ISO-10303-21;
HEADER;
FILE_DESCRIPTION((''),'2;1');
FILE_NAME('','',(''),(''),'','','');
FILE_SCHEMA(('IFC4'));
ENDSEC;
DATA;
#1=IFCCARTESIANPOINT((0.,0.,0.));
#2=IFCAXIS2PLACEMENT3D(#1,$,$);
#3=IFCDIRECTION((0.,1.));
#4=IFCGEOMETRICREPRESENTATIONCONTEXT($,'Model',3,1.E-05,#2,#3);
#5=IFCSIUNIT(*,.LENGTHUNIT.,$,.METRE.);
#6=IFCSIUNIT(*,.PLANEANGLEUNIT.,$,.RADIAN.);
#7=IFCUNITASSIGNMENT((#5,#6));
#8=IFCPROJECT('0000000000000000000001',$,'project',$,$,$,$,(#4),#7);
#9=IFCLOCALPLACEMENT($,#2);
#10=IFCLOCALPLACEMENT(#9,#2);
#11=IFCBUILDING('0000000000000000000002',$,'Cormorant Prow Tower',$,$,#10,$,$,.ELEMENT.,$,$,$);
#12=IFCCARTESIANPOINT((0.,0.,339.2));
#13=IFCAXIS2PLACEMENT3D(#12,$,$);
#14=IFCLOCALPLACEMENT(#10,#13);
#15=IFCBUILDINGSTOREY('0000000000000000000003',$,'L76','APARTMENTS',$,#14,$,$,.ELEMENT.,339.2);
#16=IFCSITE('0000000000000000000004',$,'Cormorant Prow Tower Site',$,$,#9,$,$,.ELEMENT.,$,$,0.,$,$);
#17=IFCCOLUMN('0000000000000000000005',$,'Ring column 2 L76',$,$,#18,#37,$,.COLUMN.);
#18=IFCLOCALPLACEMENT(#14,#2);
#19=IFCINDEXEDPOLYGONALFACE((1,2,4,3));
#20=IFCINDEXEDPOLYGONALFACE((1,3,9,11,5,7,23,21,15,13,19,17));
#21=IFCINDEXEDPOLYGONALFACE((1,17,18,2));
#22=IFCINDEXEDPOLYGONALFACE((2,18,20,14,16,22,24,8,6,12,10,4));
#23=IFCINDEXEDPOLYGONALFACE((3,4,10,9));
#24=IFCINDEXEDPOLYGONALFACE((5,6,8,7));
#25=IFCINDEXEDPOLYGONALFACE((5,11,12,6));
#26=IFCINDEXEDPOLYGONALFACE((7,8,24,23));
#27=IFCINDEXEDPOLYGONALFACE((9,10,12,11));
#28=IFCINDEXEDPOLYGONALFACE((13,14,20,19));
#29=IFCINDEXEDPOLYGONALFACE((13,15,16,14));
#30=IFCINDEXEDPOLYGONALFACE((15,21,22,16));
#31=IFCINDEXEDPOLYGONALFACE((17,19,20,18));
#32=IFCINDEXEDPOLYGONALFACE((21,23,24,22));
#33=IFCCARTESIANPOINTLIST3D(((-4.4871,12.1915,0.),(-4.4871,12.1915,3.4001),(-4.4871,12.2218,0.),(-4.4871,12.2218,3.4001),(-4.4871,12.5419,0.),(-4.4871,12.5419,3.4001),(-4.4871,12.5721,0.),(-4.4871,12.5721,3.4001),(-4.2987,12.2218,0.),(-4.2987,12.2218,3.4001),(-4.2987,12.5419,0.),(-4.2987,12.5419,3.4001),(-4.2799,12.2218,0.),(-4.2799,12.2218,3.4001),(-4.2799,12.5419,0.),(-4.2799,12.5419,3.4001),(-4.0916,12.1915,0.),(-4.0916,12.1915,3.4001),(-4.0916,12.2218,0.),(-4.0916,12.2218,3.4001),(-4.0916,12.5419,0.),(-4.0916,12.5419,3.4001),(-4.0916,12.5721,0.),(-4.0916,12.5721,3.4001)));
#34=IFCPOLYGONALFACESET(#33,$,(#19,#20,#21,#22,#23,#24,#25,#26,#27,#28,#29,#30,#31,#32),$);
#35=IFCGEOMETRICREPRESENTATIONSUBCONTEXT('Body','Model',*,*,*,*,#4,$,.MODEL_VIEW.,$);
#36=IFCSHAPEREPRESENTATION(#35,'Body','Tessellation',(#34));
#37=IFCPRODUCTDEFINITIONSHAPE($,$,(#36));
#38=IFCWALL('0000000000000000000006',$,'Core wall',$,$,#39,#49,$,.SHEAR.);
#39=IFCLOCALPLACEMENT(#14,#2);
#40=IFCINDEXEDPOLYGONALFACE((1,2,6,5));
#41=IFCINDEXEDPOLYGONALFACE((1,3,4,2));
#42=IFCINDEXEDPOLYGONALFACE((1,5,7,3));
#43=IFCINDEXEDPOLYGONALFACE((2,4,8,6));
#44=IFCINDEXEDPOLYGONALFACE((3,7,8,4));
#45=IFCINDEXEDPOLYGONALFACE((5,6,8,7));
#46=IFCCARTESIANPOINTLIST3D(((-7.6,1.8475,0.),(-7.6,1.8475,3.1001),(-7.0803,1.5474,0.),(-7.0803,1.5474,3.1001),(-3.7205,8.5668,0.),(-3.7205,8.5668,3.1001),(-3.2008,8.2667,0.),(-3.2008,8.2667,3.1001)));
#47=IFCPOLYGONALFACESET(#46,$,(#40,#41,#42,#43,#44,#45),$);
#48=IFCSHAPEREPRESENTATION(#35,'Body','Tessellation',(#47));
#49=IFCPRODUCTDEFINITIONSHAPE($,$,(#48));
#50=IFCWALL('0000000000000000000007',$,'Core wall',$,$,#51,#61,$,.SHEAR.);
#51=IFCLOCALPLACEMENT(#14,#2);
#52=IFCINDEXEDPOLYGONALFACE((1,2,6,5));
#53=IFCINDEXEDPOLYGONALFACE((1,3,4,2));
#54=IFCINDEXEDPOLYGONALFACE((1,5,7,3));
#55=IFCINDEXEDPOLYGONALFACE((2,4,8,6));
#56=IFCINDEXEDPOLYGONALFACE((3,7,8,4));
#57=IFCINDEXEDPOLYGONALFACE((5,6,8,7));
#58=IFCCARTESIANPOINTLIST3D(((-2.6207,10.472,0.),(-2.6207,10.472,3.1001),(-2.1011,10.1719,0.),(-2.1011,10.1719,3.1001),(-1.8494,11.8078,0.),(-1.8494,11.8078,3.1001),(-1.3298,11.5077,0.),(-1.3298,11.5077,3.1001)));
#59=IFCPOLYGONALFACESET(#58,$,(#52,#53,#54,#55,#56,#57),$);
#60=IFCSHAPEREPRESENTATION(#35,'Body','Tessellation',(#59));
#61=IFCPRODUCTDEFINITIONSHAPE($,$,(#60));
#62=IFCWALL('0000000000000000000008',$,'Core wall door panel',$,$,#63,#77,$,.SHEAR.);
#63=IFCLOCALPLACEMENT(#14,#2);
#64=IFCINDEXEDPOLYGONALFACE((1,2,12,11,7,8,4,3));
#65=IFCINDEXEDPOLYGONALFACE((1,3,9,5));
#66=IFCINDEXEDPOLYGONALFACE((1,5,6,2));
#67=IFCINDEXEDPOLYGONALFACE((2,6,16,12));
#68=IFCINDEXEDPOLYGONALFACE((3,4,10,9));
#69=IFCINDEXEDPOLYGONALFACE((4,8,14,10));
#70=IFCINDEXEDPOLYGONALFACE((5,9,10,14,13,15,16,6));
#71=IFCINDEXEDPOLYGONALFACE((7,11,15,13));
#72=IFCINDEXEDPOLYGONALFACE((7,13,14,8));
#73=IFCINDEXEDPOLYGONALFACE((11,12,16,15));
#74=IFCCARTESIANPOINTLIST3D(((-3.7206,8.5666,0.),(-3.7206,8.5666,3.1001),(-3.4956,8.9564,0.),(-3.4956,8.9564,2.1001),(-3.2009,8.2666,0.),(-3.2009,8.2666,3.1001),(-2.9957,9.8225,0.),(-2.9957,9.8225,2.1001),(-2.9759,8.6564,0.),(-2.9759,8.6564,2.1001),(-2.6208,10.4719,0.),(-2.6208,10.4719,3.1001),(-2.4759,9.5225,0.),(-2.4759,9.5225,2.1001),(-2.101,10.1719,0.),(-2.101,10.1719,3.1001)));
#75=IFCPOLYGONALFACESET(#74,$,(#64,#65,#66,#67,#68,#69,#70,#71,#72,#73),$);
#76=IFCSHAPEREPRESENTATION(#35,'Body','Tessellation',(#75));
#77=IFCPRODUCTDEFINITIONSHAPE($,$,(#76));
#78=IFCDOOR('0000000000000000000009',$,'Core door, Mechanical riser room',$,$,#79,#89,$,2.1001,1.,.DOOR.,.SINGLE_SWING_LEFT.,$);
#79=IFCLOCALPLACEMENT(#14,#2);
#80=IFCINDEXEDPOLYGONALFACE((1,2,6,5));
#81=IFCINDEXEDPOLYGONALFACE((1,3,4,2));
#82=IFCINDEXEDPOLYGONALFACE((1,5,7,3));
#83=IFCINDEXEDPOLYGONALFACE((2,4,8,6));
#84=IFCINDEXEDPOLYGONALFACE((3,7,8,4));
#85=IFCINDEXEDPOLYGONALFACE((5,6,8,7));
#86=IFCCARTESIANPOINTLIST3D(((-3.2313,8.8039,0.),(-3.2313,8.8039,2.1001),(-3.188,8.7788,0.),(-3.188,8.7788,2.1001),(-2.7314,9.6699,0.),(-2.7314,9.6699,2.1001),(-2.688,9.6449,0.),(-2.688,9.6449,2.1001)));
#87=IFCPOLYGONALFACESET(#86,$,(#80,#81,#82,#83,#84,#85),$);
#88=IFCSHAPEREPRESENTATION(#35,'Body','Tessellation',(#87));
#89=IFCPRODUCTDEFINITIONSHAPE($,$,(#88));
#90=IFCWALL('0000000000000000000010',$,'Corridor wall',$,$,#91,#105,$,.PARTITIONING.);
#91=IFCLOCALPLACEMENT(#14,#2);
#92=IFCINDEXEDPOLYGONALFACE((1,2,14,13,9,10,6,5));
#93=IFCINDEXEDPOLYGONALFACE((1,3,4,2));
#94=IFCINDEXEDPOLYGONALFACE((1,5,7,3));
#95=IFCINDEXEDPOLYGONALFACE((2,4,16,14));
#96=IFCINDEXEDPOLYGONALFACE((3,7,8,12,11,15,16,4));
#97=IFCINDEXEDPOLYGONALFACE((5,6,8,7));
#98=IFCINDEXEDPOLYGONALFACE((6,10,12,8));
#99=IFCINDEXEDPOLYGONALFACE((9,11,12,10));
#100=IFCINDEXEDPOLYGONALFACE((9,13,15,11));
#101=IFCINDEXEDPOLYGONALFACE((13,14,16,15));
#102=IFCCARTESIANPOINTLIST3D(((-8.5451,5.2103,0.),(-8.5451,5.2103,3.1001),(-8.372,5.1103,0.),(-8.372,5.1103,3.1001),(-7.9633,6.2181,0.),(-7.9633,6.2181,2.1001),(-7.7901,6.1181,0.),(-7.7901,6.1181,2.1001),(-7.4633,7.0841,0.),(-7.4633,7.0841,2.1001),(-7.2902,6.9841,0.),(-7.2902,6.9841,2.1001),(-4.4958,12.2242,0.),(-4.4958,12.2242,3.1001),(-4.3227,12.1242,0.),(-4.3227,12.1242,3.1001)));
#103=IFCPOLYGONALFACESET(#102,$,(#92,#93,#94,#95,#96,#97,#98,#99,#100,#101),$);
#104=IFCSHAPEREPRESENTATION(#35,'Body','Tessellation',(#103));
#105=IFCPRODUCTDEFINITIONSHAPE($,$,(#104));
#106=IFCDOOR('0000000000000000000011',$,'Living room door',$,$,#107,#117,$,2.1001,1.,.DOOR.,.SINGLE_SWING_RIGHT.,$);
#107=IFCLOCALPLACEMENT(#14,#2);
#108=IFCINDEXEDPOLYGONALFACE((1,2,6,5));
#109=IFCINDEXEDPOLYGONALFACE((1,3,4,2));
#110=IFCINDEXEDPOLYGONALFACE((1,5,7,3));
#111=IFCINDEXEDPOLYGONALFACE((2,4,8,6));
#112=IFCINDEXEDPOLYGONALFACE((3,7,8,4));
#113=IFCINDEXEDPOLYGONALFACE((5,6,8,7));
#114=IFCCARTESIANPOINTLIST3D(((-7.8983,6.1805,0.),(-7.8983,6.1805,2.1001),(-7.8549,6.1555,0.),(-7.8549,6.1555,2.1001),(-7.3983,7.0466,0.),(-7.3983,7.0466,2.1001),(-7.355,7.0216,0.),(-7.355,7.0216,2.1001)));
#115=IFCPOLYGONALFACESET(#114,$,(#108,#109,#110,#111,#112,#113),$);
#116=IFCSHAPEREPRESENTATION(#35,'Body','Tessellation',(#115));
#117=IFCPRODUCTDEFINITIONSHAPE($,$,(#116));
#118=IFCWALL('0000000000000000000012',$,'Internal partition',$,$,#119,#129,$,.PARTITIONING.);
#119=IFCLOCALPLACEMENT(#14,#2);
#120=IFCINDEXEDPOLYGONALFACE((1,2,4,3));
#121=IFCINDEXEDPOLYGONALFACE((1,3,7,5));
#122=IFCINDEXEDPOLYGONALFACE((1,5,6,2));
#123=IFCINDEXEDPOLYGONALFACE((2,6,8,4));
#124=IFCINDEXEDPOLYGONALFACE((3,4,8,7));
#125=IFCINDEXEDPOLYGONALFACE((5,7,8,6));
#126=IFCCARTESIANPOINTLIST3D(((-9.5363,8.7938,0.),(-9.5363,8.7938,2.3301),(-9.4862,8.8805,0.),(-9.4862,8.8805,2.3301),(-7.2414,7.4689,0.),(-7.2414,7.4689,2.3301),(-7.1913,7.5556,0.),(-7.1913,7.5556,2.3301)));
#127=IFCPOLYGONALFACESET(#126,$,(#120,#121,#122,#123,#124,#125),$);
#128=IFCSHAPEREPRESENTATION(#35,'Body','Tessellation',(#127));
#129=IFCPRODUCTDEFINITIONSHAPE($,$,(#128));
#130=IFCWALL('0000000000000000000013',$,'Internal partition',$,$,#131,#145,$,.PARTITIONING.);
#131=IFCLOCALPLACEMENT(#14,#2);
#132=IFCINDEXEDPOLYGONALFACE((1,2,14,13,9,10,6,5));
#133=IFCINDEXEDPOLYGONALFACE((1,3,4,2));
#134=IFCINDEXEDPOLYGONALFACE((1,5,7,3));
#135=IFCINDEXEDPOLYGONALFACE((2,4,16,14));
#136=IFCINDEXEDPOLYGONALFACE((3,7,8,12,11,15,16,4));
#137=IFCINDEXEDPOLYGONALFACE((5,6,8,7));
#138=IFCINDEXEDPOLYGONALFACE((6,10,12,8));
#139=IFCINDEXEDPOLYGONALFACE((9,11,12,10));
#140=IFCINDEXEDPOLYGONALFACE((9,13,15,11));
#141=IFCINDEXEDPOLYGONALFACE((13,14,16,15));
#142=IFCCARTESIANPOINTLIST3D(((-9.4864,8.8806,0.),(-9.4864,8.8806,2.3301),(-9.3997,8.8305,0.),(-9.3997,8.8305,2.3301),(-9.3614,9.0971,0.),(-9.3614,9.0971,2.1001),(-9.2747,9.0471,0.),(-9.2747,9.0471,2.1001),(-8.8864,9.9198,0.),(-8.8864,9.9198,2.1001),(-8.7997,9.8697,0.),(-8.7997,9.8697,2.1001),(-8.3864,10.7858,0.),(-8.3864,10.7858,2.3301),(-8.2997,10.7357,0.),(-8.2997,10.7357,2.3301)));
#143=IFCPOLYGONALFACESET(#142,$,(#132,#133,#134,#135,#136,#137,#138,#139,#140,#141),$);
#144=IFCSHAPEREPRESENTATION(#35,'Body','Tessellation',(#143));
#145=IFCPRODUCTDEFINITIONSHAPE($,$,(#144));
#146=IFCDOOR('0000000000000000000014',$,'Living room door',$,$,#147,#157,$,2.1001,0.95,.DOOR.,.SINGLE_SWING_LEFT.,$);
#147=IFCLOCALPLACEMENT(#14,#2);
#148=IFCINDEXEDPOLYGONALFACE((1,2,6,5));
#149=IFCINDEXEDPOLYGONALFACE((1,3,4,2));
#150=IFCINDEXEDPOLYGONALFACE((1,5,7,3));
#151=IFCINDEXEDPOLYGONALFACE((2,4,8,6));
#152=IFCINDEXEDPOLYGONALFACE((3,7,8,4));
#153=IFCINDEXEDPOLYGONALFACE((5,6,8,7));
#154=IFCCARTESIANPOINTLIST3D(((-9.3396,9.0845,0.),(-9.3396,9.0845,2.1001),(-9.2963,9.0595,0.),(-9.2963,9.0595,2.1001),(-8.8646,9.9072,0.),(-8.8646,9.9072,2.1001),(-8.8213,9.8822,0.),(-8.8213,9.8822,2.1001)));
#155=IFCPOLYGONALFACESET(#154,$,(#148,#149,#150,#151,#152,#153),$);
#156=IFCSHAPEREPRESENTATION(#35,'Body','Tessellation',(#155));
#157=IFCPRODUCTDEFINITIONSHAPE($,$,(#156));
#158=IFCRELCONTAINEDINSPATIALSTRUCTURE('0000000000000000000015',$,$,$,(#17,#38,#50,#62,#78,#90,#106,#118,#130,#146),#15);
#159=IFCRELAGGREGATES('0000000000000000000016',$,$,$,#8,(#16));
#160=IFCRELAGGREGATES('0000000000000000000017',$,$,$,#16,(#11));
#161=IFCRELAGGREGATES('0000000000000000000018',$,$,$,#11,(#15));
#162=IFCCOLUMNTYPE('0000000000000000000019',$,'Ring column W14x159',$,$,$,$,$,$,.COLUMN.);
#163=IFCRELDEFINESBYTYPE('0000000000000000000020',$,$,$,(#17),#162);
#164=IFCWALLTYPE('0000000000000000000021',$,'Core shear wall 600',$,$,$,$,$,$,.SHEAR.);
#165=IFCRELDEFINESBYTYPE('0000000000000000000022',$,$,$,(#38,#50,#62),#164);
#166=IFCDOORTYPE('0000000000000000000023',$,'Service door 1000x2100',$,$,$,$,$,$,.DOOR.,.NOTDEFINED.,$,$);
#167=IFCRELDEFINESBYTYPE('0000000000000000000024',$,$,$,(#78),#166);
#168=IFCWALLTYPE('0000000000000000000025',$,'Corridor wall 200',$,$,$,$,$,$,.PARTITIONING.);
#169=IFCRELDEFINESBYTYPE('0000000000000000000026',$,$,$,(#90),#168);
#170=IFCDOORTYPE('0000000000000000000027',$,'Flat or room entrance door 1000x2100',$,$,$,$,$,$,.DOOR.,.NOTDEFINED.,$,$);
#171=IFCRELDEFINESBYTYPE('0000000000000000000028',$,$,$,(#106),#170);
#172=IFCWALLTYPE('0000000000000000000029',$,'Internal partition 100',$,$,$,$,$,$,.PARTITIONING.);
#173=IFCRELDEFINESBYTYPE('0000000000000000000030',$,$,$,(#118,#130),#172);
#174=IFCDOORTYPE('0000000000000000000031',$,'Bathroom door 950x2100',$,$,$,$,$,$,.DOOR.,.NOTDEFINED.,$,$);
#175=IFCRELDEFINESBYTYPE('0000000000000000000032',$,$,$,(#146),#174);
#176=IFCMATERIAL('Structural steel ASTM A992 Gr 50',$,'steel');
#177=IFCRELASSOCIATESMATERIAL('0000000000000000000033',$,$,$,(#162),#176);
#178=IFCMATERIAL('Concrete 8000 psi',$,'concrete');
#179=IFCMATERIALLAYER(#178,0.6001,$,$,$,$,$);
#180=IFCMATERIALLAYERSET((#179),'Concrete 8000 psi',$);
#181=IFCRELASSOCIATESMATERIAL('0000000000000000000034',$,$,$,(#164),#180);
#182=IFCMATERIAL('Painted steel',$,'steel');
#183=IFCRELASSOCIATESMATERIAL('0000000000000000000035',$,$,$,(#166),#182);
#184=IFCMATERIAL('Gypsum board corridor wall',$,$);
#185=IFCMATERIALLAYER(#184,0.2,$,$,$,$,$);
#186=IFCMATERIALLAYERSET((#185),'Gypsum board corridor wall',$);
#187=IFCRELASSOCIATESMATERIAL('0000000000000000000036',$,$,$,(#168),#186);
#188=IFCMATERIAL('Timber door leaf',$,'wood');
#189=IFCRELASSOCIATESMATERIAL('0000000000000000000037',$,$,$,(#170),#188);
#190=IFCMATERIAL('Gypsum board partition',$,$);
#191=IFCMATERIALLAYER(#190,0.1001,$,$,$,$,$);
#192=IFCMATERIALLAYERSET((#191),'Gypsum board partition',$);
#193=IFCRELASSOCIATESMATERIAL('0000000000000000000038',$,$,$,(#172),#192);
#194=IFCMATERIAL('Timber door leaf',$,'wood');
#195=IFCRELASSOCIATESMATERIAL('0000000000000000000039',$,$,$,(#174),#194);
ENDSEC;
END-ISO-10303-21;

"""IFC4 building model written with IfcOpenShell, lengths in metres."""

from ifc_helpers import new_model, si_unit, direction, frame, frame_2d, origin, origin_2d, place, context, subcontext, project, spatial, rectangle, i_section, extrude, material, layer, layer_set, material_profile, profile_set, type_object, element, fill, save


model = new_model("IFC4")

# Units and contexts
model_context = context("Model", 3, precision=1e-05, world=origin(), true_north=direction((0.0, 1.0)))
body_context = subcontext(model_context, "Body", "Model", "MODEL_VIEW")
ifc_project = project(units=[si_unit("LENGTHUNIT", "METRE"), si_unit("PLANEANGLEUNIT", "RADIAN")], contexts=[model_context])

# Site, building, storey
site_placement = place(None, origin())
site = spatial("IfcSite", under=ifc_project, at=site_placement, Name="Cormorant Prow Tower Site", CompositionType="ELEMENT", RefElevation=0.0)
building_placement = place(site_placement, origin())
building = spatial("IfcBuilding", under=site, at=building_placement, Name="Cormorant Prow Tower", CompositionType="ELEMENT")
storey_placement = place(building_placement, frame((0.0, 0.0, 339.2)))
storey = spatial("IfcBuildingStorey", under=building, at=storey_placement, Name="L76", Description="APARTMENTS", CompositionType="ELEMENT", Elevation=339.2)

# Column
ifc_material_1 = material(Name="Structural steel ASTM A992 Gr 50", Category="steel")
ifc_material_profile = material_profile(ifc_material_1, i_section(OverallWidth=0.3955, OverallDepth=0.3806, WebThickness=0.0188, FlangeThickness=0.0303, at=origin_2d()), Name="W14x159")
ifc_profile_set = profile_set([ifc_material_profile], Name="Structural steel ASTM A992 Gr 50")
column_type = type_object("IfcColumnType", Name="Ring column W14x159", PredefinedType="COLUMN", material=ifc_profile_set)
column_placement = place(storey_placement, frame((-4.2893, 12.3818, 0.0), z_axis=(0.0, 0.0, 1.0), x_axis=(1.0, 0.0, 0.0)))
element("IfcColumn", 1, at=column_placement, inside=storey, type_object=column_type, Name="Ring column 2 L76", PredefinedType="COLUMN", context=body_context, shape_type="SweptSolid", body=[
    extrude(i_section(OverallWidth=0.3955, OverallDepth=0.3806, WebThickness=0.0188, FlangeThickness=0.0303, at=origin_2d()), origin(), (0.0, 0.0, 1.0), 3.4001),
])

# Walls
ifc_material_2 = material(Name="Concrete 8000 psi", Category="concrete")
ifc_layer_1 = layer(ifc_material_2, 0.6001)
ifc_layer_set_1 = layer_set([ifc_layer_1], Name="Concrete 8000 psi")
wall_type_1 = type_object("IfcWallType", Name="Core shear wall 600", PredefinedType="SHEAR", material=ifc_layer_set_1)
wall_1_placement = place(storey_placement, frame((-3.4607, 8.4167, 0.0), z_axis=(0.0, 0.0, 1.0), x_axis=(-0.500004, -0.866023, 0.0)))
element("IfcWall", 2, at=wall_1_placement, inside=storey, type_object=wall_type_1, Name="Core wall", PredefinedType="SHEAR", context=body_context, shape_type="SweptSolid", body=[
    extrude(rectangle(XDim=7.7588, YDim=0.6001, at=frame_2d((3.8794, 0.0))), origin(), (0.0, 0.0, 1.0), 3.1001),
])
wall_2_placement = place(storey_placement, frame((-1.5896, 11.6577, 0.0), z_axis=(0.0, 0.0, 1.0), x_axis=(-0.500038, -0.866004, 0.0)))
element("IfcWall", 3, at=wall_2_placement, inside=storey, type_object=wall_type_1, Name="Core wall", PredefinedType="SHEAR", context=body_context, shape_type="SweptSolid", body=[
    extrude(rectangle(XDim=1.5425, YDim=0.6001, at=frame_2d((0.7712, 0.0))), origin(), (0.0, 0.0, 1.0), 3.1001),
])

# Walls, openings, doors
wall_3_placement = place(storey_placement, frame((-2.3608, 10.322, 0.0), z_axis=(0.0, 0.0, 1.0), x_axis=(-0.499947, -0.866056, 0.0)))
wall_3 = element("IfcWall", 4, at=wall_3_placement, inside=storey, type_object=wall_type_1, Name="Core wall door panel", PredefinedType="SHEAR", context=body_context, shape_type="SweptSolid", body=[
    extrude(rectangle(XDim=2.2, YDim=0.6001, at=frame_2d((1.1001, 0.0))), origin(), (0.0, 0.0, 1.0), 3.1001),
])
opening_1_placement = place(wall_3_placement, frame((0.75, 0.0, 0.0)))
opening_1 = element("IfcOpeningElement", 5, at=opening_1_placement, cuts=wall_3, PredefinedType="OPENING", context=body_context, shape_type="SweptSolid", body=[
    extrude(rectangle(XDim=1.0, YDim=2.1001, at=frame_2d((0.5, 1.05))), frame((0.0, 0.3101, 0.0), z_axis=(0.0, -1.0, 0.0), x_axis=(1.0, 0.0, 0.0)), (0.0, 0.0, 1.0), 0.6201),
])
ifc_material_3 = material(Name="Painted steel", Category="steel")
door_type_1 = type_object("IfcDoorType", Name="Service door 1000x2100", OperationType="NOTDEFINED", PredefinedType="DOOR", material=ifc_material_3)
door_1_placement = place(opening_1_placement, origin())
door_1 = element("IfcDoor", 6, at=door_1_placement, inside=storey, type_object=door_type_1, Name="Core door, Mechanical riser room", OperationType="SINGLE_SWING_LEFT", OverallHeight=2.1001, OverallWidth=1.0, PredefinedType="DOOR", context=body_context, shape_type="SweptSolid", body=[
    extrude(rectangle(XDim=1.0, YDim=2.1001, at=frame_2d((0.5, 1.05))), frame((0.0, 0.0552, 0.0), z_axis=(0.0, -1.0, 0.0), x_axis=(1.0, 0.0, 0.0)), (0.0, 0.0, 1.0), 0.05),
])
fill(opening_1, door_1)
ifc_material_4 = material(Name="Gypsum board corridor wall")
ifc_layer_2 = layer(ifc_material_4, 0.2)
ifc_layer_set_2 = layer_set([ifc_layer_2], Name="Gypsum board corridor wall")
wall_type_2 = type_object("IfcWallType", Name="Corridor wall 200", PredefinedType="PARTITIONING", material=ifc_layer_set_2)
wall_4_placement = place(storey_placement, frame((-8.4585, 5.1604, 0.0), z_axis=(0.0, 0.0, 1.0), x_axis=(0.499984, 0.866034, 0.0)))
wall_4 = element("IfcWall", 7, at=wall_4_placement, inside=storey, type_object=wall_type_2, Name="Corridor wall", PredefinedType="PARTITIONING", context=body_context, shape_type="SweptSolid", body=[
    extrude(rectangle(XDim=8.0989, YDim=0.2, at=frame_2d((4.0493, 0.0))), origin(), (0.0, 0.0, 1.0), 3.1001),
])
opening_2_placement = place(wall_4_placement, frame((1.1636, 0.0, 0.0)))
opening_2 = element("IfcOpeningElement", 8, at=opening_2_placement, cuts=wall_4, PredefinedType="OPENING", context=body_context, shape_type="SweptSolid", body=[
    extrude(rectangle(XDim=1.0, YDim=2.1001, at=frame_2d((0.5, 1.05))), frame((0.0, 0.1099, 0.0), z_axis=(0.0, -1.0, 0.0), x_axis=(1.0, 0.0, 0.0)), (0.0, 0.0, 1.0), 0.22),
])
ifc_material_5 = material(Name="Timber door leaf", Category="wood")
door_type_2 = type_object("IfcDoorType", Name="Flat or room entrance door 1000x2100", OperationType="NOTDEFINED", PredefinedType="DOOR", material=ifc_material_5)
door_2_placement = place(opening_2_placement, origin())
door_2 = element("IfcDoor", 9, at=door_2_placement, inside=storey, type_object=door_type_2, Name="Living room door", OperationType="SINGLE_SWING_RIGHT", OverallHeight=2.1001, OverallWidth=1.0, PredefinedType="DOOR", context=body_context, shape_type="SweptSolid", body=[
    extrude(rectangle(XDim=1.0, YDim=2.1001, at=frame_2d((0.5, 1.05))), frame((0.0, 0.0249, 0.0), z_axis=(0.0, -1.0, 0.0), x_axis=(1.0, 0.0, 0.0)), (0.0, 0.0, 1.0), 0.05),
])
fill(opening_2, door_2)

# Wall
ifc_material_6 = material(Name="Gypsum board partition")
ifc_layer_3 = layer(ifc_material_6, 0.1001)
ifc_layer_set_3 = layer_set([ifc_layer_3], Name="Gypsum board partition")
wall_type_3 = type_object("IfcWallType", Name="Internal partition 100", PredefinedType="PARTITIONING", material=ifc_layer_set_3)
wall_5_placement = place(storey_placement, frame((-9.5112, 8.8372, 0.0), z_axis=(0.0, 0.0, 1.0), x_axis=(0.866029, -0.499994, 0.0)))
element("IfcWall", 10, at=wall_5_placement, inside=storey, type_object=wall_type_3, Name="Internal partition", PredefinedType="PARTITIONING", context=body_context, shape_type="SweptSolid", body=[
    extrude(rectangle(XDim=2.6499, YDim=0.1001, at=frame_2d((1.325, 0.0))), origin(), (0.0, 0.0, 1.0), 2.3301),
])

# Wall, opening, door
wall_6_placement = place(storey_placement, frame((-9.4431, 8.8555, 0.0), z_axis=(0.0, 0.0, 1.0), x_axis=(0.50003, 0.866008, 0.0)))
wall_6 = element("IfcWall", 11, at=wall_6_placement, inside=storey, type_object=wall_type_3, Name="Internal partition", PredefinedType="PARTITIONING", context=body_context, shape_type="SweptSolid", body=[
    extrude(rectangle(XDim=2.2, YDim=0.1001, at=frame_2d((1.1001, 0.0))), origin(), (0.0, 0.0, 1.0), 2.3301),
])
opening_3_placement = place(wall_6_placement, frame((0.25, 0.0, 0.0)))
opening_3 = element("IfcOpeningElement", 12, at=opening_3_placement, cuts=wall_6, PredefinedType="OPENING", context=body_context, shape_type="SweptSolid", body=[
    extrude(rectangle(XDim=0.95, YDim=2.1001, at=frame_2d((0.4751, 1.05))), frame((0.0, 0.0601, 0.0), z_axis=(0.0, -1.0, 0.0), x_axis=(1.0, 0.0, 0.0)), (0.0, 0.0, 1.0), 0.1201),
])
ifc_material_7 = material(Name="Timber door leaf", Category="wood")
door_type_3 = type_object("IfcDoorType", Name="Bathroom door 950x2100", OperationType="NOTDEFINED", PredefinedType="DOOR", material=ifc_material_7)
door_3_placement = place(opening_3_placement, origin())
door_3 = element("IfcDoor", 13, at=door_3_placement, inside=storey, type_object=door_type_3, Name="Living room door", OperationType="SINGLE_SWING_LEFT", OverallHeight=2.1001, OverallWidth=0.95, PredefinedType="DOOR", context=body_context, shape_type="SweptSolid", body=[
    extrude(rectangle(XDim=0.95, YDim=2.1001, at=frame_2d((0.4751, 1.05))), frame((0.0, 0.0249, 0.0), z_axis=(0.0, -1.0, 0.0), x_axis=(1.0, 0.0, 0.0)), (0.0, 0.0, 1.0), 0.05),
])
fill(opening_3, door_3)

save(model, "model.ifc")
